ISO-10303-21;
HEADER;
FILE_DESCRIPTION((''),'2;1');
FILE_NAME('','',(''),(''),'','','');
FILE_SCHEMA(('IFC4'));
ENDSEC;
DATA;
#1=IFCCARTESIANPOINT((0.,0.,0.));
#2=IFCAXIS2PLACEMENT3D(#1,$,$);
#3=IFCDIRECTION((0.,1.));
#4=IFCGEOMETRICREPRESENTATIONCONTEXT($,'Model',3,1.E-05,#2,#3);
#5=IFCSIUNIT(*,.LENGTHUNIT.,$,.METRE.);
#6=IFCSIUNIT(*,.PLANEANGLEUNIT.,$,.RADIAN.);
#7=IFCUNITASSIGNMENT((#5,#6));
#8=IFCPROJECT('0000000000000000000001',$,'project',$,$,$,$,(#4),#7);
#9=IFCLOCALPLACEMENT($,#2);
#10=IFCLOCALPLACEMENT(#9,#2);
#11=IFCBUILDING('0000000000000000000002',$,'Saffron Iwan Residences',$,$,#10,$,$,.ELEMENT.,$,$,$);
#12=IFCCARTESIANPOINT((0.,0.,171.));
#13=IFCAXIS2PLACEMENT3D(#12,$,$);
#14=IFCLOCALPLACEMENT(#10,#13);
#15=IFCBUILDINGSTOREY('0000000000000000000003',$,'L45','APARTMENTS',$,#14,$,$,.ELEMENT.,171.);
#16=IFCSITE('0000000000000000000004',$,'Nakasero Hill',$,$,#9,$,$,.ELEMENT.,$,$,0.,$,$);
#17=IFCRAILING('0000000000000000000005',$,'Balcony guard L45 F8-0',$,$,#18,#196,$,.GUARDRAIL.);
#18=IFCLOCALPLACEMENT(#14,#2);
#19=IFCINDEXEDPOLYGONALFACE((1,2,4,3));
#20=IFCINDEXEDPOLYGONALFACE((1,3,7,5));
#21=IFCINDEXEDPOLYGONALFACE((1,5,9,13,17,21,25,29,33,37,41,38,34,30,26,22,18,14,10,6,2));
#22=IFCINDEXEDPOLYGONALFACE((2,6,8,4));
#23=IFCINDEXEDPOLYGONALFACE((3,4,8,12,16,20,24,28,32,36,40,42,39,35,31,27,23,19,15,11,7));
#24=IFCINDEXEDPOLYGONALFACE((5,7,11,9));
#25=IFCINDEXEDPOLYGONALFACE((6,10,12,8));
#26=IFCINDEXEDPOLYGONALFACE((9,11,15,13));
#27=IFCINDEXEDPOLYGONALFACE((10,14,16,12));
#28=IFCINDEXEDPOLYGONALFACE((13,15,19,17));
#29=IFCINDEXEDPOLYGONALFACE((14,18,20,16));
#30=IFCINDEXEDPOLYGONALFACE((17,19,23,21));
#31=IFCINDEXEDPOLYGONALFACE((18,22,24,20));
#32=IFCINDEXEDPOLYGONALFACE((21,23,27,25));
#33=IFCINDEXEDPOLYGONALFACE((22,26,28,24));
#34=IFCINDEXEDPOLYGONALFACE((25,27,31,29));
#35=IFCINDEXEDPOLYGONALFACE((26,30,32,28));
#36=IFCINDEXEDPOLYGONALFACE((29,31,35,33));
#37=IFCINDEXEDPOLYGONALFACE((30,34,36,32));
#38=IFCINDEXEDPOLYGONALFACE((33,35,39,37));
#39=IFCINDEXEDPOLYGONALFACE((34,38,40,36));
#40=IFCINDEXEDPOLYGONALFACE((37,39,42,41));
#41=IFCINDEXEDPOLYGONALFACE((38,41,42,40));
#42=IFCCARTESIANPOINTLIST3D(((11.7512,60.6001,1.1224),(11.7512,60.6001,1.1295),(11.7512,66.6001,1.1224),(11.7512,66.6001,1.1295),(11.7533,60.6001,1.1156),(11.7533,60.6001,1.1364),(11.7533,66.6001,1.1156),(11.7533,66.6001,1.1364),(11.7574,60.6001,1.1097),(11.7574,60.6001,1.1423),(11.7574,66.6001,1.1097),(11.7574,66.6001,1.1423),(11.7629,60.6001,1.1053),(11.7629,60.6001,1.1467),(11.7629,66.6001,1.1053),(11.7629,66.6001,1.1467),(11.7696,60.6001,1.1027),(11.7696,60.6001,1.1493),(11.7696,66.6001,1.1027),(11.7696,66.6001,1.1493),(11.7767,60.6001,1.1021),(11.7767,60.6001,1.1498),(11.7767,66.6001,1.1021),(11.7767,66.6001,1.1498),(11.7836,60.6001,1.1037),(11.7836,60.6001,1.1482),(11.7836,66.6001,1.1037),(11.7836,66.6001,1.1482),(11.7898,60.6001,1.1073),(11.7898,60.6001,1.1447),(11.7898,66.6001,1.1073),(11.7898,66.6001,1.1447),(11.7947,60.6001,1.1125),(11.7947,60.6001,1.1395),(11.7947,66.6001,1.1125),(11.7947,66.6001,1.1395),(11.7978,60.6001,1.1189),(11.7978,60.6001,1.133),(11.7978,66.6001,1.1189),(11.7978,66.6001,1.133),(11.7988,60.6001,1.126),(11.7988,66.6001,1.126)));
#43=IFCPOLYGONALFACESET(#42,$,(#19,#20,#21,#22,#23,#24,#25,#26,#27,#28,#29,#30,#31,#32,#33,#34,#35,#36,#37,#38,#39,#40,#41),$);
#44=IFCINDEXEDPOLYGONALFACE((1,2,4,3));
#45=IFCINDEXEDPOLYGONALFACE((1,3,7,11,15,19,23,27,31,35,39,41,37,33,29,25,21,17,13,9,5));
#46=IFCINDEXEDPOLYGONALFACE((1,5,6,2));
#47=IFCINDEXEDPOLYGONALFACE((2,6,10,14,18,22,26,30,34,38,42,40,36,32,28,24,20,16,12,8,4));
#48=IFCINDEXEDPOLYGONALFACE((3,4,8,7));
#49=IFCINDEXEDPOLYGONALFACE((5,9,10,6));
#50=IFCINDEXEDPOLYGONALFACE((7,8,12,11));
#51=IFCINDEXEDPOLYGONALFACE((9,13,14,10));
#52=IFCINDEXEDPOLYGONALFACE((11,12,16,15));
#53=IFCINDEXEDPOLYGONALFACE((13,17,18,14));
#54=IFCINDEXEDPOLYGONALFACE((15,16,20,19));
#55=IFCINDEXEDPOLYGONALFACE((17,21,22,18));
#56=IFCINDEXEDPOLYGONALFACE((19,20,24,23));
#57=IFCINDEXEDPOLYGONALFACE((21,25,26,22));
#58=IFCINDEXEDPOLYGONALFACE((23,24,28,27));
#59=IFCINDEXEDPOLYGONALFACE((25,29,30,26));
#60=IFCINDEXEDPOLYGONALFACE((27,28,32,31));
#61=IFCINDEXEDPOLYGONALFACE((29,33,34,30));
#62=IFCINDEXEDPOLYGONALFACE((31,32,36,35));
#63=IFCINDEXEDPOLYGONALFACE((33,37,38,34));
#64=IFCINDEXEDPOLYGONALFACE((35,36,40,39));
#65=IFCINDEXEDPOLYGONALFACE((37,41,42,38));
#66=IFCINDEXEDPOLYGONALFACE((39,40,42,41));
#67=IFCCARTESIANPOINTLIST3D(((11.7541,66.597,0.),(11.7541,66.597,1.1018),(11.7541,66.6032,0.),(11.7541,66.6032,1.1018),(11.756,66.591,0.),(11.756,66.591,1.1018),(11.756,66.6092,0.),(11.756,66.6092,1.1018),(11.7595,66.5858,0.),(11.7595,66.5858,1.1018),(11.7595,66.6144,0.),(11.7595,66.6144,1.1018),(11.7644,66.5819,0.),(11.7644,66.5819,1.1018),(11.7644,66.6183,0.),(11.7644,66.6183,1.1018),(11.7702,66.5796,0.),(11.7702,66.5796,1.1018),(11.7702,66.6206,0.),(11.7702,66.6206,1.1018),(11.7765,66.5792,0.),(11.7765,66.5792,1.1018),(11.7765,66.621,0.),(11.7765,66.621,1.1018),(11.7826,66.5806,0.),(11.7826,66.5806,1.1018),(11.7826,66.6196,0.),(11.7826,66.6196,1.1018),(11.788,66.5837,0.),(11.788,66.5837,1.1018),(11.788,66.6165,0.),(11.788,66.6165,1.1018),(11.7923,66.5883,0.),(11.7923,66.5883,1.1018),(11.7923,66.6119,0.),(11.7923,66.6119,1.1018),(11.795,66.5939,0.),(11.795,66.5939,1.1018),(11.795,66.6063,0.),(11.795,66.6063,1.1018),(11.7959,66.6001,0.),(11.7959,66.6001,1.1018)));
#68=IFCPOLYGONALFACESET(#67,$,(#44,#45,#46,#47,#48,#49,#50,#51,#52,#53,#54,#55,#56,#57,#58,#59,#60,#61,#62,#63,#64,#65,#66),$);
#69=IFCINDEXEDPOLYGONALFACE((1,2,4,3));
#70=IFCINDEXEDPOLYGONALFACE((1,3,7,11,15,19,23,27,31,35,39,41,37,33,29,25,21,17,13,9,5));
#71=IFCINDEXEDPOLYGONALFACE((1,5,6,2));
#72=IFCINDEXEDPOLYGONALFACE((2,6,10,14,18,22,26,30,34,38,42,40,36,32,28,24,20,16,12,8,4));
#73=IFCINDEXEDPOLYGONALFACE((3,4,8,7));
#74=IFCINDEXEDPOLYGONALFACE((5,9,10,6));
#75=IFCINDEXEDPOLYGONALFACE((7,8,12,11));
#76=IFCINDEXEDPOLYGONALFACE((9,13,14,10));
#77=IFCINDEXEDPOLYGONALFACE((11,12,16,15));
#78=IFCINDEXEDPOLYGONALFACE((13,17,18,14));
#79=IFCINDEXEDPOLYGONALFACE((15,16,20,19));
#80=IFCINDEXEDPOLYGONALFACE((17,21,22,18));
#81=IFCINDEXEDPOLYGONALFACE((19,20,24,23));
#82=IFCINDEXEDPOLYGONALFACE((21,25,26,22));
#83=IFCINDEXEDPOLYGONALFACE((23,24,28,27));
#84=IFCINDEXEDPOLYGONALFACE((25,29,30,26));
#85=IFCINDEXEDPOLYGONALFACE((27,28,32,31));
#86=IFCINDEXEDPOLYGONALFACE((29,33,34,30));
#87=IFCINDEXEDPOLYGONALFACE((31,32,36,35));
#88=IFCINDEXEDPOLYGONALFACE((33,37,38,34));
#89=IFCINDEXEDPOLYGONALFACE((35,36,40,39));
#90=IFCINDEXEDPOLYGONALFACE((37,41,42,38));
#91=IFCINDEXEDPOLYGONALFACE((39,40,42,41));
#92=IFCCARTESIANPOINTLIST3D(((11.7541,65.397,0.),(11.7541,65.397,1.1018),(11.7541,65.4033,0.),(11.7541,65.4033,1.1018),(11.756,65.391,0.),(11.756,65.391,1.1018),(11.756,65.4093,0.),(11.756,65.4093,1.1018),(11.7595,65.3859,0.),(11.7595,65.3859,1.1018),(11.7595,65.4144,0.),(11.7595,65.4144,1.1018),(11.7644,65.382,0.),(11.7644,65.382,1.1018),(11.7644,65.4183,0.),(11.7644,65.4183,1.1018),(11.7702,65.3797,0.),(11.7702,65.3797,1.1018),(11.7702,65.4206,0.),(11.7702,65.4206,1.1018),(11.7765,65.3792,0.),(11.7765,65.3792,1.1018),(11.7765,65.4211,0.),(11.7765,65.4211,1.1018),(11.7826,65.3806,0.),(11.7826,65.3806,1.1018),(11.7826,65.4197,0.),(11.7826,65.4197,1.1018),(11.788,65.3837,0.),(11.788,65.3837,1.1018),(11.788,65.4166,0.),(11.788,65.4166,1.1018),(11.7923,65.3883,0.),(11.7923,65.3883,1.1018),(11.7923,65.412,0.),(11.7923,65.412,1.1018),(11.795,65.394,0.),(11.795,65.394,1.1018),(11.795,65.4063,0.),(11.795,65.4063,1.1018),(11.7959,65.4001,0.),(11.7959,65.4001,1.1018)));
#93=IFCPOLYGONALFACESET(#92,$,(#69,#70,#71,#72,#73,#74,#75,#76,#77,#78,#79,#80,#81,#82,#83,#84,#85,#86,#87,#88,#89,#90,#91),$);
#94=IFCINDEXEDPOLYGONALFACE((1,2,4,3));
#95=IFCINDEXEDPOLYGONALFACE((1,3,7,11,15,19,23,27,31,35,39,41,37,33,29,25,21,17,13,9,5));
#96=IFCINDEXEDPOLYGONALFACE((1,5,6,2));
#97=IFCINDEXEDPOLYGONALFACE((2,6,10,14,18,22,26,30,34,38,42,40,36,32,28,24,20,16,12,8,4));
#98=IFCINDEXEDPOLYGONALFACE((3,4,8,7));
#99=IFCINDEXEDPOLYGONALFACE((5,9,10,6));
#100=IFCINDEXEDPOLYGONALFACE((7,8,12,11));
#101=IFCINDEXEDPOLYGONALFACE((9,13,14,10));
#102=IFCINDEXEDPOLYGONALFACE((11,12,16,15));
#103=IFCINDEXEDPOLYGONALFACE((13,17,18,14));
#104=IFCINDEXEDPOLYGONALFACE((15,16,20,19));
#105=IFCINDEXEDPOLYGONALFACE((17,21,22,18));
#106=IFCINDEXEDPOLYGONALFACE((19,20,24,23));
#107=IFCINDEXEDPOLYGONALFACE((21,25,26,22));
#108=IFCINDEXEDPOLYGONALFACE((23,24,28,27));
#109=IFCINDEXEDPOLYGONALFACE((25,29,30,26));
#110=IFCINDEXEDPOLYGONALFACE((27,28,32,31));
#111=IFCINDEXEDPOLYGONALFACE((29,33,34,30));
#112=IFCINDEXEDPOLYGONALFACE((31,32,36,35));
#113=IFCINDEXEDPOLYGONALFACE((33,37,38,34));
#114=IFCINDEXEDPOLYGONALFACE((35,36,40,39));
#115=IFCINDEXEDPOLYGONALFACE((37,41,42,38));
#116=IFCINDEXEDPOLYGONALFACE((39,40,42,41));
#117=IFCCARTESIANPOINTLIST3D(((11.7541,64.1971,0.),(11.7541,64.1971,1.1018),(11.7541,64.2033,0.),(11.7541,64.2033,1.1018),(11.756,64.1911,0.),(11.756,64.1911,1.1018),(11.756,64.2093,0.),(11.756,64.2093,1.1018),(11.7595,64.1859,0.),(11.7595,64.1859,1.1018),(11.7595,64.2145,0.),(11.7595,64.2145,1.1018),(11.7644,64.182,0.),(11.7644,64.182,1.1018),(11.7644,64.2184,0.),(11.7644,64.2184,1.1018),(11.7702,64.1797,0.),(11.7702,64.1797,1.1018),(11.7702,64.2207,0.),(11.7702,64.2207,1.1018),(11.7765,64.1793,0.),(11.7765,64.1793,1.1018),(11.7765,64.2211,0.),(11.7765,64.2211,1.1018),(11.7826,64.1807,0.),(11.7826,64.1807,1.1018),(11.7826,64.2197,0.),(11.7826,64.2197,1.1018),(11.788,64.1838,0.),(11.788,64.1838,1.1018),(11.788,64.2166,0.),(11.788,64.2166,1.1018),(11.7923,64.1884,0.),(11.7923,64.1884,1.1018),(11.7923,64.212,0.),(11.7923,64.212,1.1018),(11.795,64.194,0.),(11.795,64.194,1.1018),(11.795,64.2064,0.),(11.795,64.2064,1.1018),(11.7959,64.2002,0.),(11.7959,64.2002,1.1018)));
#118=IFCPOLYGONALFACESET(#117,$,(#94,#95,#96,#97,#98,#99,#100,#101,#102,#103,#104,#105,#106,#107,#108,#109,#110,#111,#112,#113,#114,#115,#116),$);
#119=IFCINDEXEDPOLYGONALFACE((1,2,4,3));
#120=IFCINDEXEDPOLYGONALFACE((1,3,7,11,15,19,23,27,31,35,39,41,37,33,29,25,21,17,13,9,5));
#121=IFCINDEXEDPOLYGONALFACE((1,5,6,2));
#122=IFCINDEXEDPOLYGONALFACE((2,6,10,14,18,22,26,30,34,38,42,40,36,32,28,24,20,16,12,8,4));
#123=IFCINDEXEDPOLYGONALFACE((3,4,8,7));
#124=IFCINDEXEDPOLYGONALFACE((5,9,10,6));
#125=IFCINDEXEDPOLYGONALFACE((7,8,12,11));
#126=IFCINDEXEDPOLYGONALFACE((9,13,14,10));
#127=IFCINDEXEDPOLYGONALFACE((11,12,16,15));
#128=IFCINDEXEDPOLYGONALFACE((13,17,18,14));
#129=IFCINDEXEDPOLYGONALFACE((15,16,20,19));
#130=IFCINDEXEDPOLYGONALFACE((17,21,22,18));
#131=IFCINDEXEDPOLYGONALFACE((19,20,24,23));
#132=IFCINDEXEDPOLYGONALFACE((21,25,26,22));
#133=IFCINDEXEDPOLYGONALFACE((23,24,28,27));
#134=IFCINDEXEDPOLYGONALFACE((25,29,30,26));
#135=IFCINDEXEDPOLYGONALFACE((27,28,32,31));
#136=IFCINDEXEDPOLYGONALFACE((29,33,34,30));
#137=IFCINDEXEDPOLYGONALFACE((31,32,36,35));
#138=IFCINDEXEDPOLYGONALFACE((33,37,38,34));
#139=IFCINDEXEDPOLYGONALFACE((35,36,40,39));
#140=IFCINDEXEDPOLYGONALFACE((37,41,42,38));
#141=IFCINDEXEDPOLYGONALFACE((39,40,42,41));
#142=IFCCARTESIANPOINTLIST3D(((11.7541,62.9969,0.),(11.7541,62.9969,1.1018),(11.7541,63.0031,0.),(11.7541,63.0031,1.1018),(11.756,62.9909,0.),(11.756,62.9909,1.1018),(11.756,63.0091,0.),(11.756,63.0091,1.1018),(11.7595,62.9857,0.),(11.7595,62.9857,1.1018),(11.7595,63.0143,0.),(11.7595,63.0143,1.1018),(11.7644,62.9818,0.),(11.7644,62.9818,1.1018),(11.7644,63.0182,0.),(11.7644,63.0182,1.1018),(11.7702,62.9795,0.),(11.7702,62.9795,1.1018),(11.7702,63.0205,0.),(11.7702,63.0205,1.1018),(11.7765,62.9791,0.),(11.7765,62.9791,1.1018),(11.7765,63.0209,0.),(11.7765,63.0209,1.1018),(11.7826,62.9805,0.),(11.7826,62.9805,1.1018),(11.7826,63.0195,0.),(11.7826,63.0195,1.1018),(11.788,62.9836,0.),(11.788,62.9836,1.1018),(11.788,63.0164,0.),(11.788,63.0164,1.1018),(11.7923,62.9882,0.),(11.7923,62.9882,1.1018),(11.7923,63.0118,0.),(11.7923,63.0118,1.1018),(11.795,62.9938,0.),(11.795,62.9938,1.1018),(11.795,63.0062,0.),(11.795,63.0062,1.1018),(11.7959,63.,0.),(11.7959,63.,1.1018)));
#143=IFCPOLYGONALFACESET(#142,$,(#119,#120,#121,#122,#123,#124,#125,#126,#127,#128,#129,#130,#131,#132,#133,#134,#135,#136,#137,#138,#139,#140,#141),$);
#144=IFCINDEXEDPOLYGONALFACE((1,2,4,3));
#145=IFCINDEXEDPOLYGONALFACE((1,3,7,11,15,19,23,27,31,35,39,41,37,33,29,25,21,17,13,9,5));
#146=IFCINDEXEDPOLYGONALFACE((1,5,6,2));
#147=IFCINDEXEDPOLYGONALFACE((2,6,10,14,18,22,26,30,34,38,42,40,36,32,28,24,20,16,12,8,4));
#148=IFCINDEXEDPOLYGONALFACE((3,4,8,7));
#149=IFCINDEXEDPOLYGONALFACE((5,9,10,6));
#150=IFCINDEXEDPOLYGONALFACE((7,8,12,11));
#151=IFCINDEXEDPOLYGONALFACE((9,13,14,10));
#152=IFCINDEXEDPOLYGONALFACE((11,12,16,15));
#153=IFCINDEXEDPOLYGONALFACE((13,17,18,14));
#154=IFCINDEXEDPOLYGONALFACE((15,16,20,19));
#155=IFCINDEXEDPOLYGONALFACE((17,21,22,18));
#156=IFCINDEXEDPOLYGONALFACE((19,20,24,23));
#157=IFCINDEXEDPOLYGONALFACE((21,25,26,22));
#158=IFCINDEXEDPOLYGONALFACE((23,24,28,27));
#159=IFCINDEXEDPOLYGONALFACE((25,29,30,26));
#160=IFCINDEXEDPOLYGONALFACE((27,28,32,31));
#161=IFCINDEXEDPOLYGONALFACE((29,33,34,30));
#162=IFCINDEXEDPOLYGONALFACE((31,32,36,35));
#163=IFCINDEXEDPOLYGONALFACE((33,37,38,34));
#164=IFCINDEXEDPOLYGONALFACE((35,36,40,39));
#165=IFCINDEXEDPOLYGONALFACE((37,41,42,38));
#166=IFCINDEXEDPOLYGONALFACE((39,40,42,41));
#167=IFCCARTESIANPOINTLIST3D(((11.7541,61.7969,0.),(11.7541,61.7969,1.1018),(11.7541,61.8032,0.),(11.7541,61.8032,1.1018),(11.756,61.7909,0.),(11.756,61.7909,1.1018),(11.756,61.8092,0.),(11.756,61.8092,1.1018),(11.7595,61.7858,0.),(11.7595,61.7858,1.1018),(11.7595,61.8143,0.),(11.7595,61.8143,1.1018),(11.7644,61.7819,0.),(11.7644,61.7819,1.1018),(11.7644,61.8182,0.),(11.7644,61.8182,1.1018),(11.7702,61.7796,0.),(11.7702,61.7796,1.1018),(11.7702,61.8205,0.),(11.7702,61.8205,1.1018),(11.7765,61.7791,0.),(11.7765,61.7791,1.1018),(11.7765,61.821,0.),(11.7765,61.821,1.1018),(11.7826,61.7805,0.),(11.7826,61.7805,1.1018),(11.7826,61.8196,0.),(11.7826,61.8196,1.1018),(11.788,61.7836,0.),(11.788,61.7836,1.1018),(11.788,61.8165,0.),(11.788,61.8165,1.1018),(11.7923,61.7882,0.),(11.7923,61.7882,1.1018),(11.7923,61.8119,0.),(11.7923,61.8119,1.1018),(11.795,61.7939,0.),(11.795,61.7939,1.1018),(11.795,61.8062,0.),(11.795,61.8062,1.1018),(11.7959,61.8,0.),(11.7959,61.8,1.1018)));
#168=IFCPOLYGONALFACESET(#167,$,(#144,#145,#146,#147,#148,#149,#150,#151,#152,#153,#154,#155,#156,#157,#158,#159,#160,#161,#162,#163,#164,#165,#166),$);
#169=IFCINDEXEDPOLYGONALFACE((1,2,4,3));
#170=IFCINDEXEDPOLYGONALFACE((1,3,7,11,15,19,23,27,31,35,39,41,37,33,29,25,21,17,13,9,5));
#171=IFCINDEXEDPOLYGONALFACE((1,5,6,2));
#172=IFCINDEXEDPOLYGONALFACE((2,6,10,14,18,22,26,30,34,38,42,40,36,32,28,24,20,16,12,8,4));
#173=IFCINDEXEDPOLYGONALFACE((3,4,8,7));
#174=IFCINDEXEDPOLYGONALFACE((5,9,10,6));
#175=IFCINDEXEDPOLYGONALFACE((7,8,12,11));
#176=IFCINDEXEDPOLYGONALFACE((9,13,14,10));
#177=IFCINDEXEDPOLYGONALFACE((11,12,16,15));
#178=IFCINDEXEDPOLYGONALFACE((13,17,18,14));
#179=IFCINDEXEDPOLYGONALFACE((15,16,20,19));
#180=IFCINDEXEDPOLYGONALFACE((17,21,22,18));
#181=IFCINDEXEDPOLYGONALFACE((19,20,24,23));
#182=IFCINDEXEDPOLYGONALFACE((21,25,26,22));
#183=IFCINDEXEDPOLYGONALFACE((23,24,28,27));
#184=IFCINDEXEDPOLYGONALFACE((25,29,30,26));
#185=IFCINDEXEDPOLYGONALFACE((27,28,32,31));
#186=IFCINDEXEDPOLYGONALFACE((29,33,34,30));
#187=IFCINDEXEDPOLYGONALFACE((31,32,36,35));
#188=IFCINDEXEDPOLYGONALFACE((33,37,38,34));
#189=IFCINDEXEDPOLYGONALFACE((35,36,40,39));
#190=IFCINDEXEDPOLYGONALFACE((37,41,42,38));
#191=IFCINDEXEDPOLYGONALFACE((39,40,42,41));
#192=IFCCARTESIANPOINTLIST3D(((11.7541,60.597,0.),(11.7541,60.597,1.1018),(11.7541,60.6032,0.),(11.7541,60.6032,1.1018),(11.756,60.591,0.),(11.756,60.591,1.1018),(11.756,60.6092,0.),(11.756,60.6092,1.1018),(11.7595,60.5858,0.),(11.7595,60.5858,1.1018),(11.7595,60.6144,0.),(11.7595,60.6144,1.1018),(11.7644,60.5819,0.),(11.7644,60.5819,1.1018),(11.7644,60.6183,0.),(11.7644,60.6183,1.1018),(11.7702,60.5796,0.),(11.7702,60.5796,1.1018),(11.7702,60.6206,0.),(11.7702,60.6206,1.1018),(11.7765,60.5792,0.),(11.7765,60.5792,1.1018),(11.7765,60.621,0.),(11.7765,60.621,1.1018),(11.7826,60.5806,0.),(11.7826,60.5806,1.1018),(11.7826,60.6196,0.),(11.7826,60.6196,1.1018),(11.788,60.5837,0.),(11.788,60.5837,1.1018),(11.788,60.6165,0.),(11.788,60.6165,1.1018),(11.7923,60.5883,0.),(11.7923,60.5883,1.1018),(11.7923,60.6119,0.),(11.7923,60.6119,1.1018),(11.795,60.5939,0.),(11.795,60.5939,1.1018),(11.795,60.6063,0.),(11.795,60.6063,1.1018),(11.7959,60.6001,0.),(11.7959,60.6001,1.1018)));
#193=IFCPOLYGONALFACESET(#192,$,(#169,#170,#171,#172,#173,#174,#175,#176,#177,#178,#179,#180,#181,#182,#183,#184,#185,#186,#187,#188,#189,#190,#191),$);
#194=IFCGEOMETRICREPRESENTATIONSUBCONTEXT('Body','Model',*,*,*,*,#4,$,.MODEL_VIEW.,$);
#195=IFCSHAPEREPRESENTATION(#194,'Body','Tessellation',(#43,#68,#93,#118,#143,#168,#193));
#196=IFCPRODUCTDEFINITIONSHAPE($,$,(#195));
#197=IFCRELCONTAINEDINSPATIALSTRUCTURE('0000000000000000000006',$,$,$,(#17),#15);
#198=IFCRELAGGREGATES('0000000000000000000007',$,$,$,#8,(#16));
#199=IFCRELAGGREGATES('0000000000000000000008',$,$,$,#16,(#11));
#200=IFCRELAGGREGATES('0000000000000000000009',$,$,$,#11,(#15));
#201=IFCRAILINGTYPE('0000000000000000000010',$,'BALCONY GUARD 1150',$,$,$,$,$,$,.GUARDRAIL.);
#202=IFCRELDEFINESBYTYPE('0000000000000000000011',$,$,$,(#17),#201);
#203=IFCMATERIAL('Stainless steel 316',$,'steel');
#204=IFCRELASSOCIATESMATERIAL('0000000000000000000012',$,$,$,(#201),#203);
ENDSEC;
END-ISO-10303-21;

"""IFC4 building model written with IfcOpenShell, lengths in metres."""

from ifc_helpers import new_model, si_unit, direction, frame, origin, origin_2d, place, context, subcontext, project, spatial, circle, extrude, material, type_object, element, save


model = new_model("IFC4")

# Units and contexts
model_context = context("Model", 3, precision=1e-05, world=origin(), true_north=direction((0.0, 1.0)))
body_context = subcontext(model_context, "Body", "Model", "MODEL_VIEW")
ifc_project = project(units=[si_unit("LENGTHUNIT", "METRE"), si_unit("PLANEANGLEUNIT", "RADIAN")], contexts=[model_context])

# Site, building, storey
site_placement = place(None, origin())
site = spatial("IfcSite", under=ifc_project, at=site_placement, Name="Nakasero Hill", CompositionType="ELEMENT", RefElevation=0.0)
building_placement = place(site_placement, origin())
building = spatial("IfcBuilding", under=site, at=building_placement, Name="Saffron Iwan Residences", CompositionType="ELEMENT")
storey_placement = place(building_placement, frame((0.0, 0.0, 171.0)))
storey = spatial("IfcBuildingStorey", under=building, at=storey_placement, Name="L45", Description="APARTMENTS", CompositionType="ELEMENT", Elevation=171.0)

# Railing
ifc_material_1 = material(Name="Stainless steel 316", Category="steel")
railing_type = type_object("IfcRailingType", Name="BALCONY GUARD 1150", PredefinedType="GUARDRAIL", material=ifc_material_1)
for number, where, name in (
    (1, (11.7749, 66.6001, 0.0), "Balcony guard L45 F8-0"),
):
    element("IfcRailing", number, at=place(storey_placement, frame(where)), inside=storey, type_object=railing_type, Name=name, PredefinedType="GUARDRAIL", context=body_context, shape_type="SweptSolid", body=[
        extrude(circle(Radius=0.0239, at=origin_2d()), frame((0.0, 0.0, 1.126), z_axis=(0.0, -1.0, 0.0), x_axis=(1.0, 0.0, 0.0)), (0.0, 0.0, 1.0), 6.0),
        extrude(circle(Radius=0.021, at=origin_2d()), origin(), (0.0, 0.0, 1.0), 1.1018),
        extrude(circle(Radius=0.021, at=origin_2d()), frame((0.0, -1.2, 0.0)), (0.0, 0.0, 1.0), 1.1018),
        extrude(circle(Radius=0.021, at=origin_2d()), frame((0.0, -2.3999, 0.0)), (0.0, 0.0, 1.0), 1.1018),
        extrude(circle(Radius=0.021, at=origin_2d()), frame((0.0, -3.6001, 0.0)), (0.0, 0.0, 1.0), 1.1018),
        extrude(circle(Radius=0.021, at=origin_2d()), frame((0.0, -4.8, 0.0)), (0.0, 0.0, 1.0), 1.1018),
        extrude(circle(Radius=0.021, at=origin_2d()), frame((0.0, -6.0, 0.0)), (0.0, 0.0, 1.0), 1.1018),
    ])

save(model, "model.ifc")
